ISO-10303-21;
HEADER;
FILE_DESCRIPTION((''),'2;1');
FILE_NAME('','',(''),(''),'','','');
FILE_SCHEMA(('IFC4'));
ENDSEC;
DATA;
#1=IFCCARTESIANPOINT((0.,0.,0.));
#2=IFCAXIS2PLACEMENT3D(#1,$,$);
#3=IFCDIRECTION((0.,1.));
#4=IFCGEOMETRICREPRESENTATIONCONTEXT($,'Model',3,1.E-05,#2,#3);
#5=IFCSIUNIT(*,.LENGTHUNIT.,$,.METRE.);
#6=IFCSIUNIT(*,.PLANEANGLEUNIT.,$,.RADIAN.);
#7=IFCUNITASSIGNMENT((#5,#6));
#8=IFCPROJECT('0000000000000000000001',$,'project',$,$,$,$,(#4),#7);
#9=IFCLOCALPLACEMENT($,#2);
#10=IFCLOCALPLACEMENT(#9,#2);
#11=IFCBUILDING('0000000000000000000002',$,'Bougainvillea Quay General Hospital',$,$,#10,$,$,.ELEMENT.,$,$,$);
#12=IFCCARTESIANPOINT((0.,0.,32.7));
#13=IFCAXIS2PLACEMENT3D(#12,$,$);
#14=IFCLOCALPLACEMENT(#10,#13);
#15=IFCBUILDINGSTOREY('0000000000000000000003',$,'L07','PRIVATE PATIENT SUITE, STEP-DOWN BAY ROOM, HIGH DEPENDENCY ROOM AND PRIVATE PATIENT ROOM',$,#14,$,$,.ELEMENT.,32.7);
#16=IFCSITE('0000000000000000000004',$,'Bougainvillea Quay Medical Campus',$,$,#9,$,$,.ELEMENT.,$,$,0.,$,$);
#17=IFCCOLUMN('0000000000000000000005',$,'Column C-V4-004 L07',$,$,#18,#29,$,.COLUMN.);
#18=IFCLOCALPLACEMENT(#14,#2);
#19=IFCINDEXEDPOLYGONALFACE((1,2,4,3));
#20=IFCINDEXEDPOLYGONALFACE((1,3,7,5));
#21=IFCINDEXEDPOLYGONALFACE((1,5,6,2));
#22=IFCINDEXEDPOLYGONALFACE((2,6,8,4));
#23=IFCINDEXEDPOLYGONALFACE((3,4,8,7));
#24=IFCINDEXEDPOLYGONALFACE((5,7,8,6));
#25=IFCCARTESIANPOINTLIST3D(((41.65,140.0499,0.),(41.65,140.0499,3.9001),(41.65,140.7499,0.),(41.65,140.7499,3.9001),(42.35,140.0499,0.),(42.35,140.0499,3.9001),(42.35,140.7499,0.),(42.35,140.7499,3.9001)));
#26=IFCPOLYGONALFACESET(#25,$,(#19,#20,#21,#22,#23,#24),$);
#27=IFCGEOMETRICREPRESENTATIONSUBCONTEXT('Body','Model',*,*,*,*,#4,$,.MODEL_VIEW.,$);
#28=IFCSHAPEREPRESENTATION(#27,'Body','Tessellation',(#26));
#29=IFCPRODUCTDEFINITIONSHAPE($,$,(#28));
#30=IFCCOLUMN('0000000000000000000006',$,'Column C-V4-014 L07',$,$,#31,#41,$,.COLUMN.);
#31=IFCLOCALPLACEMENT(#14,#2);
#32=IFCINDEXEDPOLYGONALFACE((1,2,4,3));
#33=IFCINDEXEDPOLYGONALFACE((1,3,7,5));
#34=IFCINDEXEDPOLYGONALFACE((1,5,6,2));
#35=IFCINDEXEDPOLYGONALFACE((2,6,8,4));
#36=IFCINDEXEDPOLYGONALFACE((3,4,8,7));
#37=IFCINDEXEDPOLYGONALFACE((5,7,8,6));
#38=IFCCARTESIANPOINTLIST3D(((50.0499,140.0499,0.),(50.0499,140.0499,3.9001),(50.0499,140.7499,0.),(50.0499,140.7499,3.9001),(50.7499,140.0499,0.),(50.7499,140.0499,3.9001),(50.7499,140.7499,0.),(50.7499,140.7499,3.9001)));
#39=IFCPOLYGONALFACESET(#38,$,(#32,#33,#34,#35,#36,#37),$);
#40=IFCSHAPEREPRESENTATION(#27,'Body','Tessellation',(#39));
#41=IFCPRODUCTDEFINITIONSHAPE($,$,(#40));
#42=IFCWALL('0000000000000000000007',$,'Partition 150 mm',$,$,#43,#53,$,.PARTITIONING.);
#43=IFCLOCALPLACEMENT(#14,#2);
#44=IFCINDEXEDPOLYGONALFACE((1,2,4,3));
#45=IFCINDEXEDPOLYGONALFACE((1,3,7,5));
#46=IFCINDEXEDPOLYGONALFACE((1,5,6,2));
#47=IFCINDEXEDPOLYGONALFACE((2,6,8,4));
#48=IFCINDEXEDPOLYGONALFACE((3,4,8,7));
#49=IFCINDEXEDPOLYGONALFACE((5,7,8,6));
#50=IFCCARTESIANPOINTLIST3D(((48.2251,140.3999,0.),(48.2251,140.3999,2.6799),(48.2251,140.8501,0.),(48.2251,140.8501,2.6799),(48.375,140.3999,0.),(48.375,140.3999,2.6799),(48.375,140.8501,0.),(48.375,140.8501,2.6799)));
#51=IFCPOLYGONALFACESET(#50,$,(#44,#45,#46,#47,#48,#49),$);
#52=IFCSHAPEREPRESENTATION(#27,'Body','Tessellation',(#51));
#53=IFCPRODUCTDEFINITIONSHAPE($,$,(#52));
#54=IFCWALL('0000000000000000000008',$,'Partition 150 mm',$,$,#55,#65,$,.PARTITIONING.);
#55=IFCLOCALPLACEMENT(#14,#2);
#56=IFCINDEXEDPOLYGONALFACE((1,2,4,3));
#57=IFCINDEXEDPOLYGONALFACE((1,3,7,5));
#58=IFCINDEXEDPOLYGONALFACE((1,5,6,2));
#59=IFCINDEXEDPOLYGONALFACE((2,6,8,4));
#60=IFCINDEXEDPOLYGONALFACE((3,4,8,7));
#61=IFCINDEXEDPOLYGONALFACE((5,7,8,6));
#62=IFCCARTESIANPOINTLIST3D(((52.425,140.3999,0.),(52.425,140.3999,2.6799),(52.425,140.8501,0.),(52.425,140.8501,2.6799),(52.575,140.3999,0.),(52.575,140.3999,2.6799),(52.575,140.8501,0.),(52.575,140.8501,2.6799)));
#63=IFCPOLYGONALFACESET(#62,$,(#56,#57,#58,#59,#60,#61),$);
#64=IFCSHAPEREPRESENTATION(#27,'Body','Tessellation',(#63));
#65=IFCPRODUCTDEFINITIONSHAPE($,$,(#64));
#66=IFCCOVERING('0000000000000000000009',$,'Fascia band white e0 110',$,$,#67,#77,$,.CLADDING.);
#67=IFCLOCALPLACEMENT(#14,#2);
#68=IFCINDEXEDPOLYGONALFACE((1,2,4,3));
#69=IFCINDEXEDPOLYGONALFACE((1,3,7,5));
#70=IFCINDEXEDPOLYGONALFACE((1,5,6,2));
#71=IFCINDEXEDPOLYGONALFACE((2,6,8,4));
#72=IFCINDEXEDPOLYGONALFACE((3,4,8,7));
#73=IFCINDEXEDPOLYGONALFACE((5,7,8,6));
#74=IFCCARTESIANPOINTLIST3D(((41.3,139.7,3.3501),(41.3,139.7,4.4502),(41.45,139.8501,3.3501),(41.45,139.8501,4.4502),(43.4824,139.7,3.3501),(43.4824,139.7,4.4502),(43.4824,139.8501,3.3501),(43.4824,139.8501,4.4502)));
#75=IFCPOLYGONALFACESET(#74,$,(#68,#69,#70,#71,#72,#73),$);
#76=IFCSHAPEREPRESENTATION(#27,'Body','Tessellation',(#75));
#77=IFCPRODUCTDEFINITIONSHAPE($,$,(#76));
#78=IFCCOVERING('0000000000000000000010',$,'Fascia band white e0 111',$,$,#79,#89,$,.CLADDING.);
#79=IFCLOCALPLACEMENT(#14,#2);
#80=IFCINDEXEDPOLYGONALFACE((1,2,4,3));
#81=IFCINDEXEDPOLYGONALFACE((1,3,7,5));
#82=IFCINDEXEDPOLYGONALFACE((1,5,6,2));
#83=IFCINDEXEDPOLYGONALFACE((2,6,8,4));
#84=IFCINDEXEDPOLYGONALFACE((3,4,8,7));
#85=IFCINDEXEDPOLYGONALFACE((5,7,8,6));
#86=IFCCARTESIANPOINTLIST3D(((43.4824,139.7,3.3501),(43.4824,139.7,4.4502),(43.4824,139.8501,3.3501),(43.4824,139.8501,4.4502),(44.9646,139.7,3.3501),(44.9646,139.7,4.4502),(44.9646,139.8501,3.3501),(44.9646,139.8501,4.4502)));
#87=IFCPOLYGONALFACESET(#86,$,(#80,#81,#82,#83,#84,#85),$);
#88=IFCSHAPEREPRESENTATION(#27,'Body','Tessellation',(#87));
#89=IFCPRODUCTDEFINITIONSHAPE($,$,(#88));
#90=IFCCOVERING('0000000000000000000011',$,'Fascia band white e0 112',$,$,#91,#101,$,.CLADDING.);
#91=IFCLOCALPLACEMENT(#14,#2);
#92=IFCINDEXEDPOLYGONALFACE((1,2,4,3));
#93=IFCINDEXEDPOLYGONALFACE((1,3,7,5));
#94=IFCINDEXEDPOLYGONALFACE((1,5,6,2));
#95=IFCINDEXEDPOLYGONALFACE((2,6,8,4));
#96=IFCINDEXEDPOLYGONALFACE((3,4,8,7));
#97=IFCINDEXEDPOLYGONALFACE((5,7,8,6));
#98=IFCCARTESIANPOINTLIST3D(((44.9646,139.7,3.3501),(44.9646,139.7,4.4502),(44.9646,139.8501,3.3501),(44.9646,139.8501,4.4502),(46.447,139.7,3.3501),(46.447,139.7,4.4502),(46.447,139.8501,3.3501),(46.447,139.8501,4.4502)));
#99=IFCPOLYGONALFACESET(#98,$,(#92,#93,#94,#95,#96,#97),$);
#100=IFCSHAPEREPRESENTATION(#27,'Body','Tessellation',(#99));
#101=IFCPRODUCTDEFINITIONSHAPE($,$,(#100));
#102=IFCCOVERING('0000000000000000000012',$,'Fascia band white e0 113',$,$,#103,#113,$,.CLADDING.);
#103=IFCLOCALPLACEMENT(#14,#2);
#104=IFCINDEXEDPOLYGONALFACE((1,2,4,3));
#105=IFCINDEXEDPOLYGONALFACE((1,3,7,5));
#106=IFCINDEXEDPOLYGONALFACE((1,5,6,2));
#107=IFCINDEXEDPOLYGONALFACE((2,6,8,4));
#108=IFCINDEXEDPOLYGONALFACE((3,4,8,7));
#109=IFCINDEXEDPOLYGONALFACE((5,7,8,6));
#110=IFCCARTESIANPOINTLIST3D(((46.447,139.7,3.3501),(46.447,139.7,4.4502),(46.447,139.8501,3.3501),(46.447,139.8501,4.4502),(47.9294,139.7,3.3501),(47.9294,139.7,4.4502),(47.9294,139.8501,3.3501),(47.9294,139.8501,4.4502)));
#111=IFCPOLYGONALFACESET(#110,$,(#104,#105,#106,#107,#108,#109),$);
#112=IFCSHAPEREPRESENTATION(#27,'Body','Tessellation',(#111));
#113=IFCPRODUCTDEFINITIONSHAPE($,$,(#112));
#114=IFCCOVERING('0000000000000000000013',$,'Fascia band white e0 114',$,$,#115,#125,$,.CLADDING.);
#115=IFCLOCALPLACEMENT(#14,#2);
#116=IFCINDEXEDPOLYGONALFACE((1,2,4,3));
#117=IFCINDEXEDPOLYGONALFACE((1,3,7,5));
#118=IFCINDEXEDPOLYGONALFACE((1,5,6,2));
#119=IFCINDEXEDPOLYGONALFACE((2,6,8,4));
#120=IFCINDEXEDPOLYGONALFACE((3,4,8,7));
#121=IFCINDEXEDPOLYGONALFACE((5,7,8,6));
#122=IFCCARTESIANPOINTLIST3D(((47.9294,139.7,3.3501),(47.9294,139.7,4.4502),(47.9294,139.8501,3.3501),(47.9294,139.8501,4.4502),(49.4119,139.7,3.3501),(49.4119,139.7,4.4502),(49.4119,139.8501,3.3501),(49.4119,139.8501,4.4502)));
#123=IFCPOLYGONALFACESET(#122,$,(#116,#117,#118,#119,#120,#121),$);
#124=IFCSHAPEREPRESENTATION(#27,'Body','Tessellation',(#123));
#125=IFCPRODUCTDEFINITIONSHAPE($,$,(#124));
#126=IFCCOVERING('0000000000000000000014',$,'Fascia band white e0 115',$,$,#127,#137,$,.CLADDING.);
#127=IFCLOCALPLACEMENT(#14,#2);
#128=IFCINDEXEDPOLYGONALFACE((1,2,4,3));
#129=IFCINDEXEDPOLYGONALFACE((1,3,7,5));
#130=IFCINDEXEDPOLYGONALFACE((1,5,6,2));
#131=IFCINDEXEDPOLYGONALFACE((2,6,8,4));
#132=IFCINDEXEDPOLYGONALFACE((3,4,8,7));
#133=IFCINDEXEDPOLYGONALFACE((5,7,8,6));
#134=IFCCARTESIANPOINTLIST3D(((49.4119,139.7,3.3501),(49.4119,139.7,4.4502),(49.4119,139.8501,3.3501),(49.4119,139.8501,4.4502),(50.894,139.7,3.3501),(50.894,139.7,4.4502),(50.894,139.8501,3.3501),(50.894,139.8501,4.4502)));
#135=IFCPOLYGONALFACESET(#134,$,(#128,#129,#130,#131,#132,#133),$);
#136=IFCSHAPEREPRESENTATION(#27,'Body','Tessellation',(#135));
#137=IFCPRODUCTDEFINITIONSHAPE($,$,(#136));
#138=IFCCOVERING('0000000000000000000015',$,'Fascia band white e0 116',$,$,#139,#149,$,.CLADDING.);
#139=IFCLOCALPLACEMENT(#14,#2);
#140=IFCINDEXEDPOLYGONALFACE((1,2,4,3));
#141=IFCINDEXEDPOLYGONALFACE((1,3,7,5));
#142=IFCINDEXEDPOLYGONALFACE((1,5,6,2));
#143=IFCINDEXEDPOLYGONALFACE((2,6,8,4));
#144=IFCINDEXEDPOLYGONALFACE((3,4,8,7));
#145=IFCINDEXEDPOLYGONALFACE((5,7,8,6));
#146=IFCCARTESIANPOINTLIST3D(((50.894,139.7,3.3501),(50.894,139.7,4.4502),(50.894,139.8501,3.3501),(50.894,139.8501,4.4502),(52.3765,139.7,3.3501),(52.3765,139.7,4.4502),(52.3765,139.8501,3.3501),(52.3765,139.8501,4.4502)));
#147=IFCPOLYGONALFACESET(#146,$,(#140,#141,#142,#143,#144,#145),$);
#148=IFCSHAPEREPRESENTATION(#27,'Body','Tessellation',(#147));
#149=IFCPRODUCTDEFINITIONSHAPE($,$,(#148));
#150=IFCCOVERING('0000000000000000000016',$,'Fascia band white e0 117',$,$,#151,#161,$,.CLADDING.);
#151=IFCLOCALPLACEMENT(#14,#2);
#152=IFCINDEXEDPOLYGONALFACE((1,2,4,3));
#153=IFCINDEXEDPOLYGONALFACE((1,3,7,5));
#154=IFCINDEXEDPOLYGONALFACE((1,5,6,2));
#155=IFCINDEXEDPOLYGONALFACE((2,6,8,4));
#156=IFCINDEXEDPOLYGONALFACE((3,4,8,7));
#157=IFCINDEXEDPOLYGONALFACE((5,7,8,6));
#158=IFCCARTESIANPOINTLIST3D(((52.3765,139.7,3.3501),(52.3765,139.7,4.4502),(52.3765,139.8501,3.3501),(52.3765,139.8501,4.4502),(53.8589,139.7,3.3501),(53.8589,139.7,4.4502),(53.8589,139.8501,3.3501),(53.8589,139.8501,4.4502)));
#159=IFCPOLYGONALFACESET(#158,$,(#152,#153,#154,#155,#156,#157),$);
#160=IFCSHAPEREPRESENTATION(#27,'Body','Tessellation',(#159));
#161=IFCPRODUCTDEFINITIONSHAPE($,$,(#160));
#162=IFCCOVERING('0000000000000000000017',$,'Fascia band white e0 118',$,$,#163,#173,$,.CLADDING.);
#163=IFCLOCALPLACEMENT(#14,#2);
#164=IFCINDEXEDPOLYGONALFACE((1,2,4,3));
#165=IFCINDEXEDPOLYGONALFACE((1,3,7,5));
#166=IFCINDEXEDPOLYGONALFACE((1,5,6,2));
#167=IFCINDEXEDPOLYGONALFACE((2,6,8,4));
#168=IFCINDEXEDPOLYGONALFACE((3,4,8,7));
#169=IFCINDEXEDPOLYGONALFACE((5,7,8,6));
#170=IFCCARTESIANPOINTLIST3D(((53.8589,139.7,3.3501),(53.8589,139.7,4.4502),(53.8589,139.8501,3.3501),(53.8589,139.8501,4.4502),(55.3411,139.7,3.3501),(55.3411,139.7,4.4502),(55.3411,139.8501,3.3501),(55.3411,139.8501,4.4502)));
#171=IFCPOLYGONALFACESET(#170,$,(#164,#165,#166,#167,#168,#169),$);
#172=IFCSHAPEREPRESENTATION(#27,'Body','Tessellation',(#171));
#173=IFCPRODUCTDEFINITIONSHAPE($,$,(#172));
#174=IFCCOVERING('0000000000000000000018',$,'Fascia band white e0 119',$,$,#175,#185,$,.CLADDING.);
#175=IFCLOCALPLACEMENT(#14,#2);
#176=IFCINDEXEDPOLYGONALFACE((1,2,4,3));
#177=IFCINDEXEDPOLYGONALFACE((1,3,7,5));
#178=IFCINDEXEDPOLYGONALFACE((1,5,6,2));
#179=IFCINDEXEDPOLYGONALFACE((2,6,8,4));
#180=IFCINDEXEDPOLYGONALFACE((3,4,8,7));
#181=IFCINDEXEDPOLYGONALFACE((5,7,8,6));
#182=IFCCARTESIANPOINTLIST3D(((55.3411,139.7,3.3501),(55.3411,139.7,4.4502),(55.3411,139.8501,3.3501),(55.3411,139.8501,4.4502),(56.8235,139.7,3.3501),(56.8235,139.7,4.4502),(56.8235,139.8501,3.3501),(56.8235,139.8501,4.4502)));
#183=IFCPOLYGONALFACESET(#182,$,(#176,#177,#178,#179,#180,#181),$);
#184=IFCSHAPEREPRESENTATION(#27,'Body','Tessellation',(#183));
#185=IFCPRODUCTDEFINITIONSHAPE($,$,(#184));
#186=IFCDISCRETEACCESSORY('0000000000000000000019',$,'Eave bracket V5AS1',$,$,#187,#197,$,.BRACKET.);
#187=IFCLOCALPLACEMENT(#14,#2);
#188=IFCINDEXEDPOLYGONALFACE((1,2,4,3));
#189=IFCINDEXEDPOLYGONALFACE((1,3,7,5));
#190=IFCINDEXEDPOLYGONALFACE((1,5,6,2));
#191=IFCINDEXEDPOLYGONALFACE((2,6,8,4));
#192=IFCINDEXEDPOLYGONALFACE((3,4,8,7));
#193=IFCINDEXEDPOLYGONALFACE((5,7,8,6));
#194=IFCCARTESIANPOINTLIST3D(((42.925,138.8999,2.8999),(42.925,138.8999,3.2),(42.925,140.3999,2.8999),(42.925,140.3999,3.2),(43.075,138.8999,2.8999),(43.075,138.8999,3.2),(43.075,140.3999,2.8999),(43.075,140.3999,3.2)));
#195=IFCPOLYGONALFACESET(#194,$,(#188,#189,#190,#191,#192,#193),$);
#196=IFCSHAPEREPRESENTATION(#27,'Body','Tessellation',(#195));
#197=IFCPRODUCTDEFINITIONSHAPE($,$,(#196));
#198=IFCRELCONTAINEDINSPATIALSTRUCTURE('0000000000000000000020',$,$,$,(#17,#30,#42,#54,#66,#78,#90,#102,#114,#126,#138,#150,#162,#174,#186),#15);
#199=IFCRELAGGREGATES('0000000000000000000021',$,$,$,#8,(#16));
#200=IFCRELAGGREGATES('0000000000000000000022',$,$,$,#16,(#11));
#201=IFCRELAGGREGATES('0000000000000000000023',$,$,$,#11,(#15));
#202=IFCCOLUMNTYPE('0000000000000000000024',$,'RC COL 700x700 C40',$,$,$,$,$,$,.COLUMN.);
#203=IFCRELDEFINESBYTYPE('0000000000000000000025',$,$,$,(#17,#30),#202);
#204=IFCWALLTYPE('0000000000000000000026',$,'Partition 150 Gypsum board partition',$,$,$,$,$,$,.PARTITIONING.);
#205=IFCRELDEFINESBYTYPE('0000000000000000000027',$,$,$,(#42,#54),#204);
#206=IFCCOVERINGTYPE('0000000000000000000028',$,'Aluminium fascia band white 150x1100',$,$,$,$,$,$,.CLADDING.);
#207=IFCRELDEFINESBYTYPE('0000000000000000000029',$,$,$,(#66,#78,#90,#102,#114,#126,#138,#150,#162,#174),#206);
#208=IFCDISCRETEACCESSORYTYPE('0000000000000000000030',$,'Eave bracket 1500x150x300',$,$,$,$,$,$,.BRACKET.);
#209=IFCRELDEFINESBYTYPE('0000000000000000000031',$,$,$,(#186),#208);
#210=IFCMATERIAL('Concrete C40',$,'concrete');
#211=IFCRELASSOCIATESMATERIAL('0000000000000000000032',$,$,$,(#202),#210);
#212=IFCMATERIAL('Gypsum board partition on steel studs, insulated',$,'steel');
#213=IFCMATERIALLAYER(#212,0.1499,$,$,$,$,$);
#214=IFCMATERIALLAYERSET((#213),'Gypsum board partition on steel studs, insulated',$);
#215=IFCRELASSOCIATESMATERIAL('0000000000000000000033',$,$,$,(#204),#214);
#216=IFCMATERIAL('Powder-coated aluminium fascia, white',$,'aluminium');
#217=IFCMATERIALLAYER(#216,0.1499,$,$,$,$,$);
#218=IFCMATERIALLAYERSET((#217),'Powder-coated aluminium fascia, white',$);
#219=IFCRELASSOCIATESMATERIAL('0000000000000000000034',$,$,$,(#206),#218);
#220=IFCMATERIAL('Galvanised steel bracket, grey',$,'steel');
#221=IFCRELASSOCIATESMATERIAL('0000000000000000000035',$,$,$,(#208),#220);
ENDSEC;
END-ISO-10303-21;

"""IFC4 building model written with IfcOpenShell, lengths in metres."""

from ifc_helpers import new_model, si_unit, direction, frame, frame_2d, origin, origin_2d, place, context, subcontext, project, spatial, polyline, rectangle, outline, extrude, material, layer, layer_set, material_profile, profile_set, type_object, element, save


model = new_model("IFC4")

# Units and contexts
model_context = context("Model", 3, precision=1e-05, world=origin(), true_north=direction((0.0, 1.0)))
body_context = subcontext(model_context, "Body", "Model", "MODEL_VIEW")
ifc_project = project(units=[si_unit("LENGTHUNIT", "METRE"), si_unit("PLANEANGLEUNIT", "RADIAN")], contexts=[model_context])

# Site, building, storey
site_placement = place(None, origin())
site = spatial("IfcSite", under=ifc_project, at=site_placement, Name="Bougainvillea Quay Medical Campus", CompositionType="ELEMENT", RefElevation=0.0)
building_placement = place(site_placement, origin())
building = spatial("IfcBuilding", under=site, at=building_placement, Name="Bougainvillea Quay General Hospital", CompositionType="ELEMENT")
storey_placement = place(building_placement, frame((0.0, 0.0, 32.7)))
storey = spatial("IfcBuildingStorey", under=building, at=storey_placement, Name="L07", Description="PRIVATE PATIENT SUITE, STEP-DOWN BAY ROOM, HIGH DEPENDENCY ROOM AND PRIVATE PATIENT ROOM", CompositionType="ELEMENT", Elevation=32.7)

# Columns
ifc_material_1 = material(Name="Concrete C40", Category="concrete")
ifc_material_profile_1 = material_profile(ifc_material_1, rectangle(XDim=0.7, YDim=0.7, at=origin_2d()))
ifc_profile_set_1 = profile_set([ifc_material_profile_1], Name="Concrete C40")
column_type = type_object("IfcColumnType", Name="RC COL 700x700 C40", PredefinedType="COLUMN", material=ifc_profile_set_1)
for number, where, z_axis, x_axis, name in (
    (1, (42.0, 140.3999, 0.0), (0.0, 0.0, 1.0), (1.0, 0.0, 0.0), "Column C-V4-004 L07"),
    (2, (50.3999, 140.3999, 0.0), (0.0, 0.0, 1.0), (1.0, 0.0, 0.0), "Column C-V4-014 L07"),
):
    element("IfcColumn", number, at=place(storey_placement, frame(where, z_axis=z_axis, x_axis=x_axis)), inside=storey, type_object=column_type, Name=name, PredefinedType="COLUMN", context=body_context, shape_type="SweptSolid", body=[
        extrude(rectangle(XDim=0.7, YDim=0.7, at=origin_2d()), origin(), (0.0, 0.0, 1.0), 3.9001),
    ])

# Walls
ifc_material_2 = material(Name="Gypsum board partition on steel studs, insulated", Category="steel")
ifc_layer_1 = layer(ifc_material_2, 0.1499)
ifc_layer_set_1 = layer_set([ifc_layer_1], Name="Gypsum board partition on steel studs, insulated")
wall_type = type_object("IfcWallType", Name="Partition 150 Gypsum board partition", PredefinedType="PARTITIONING", material=ifc_layer_set_1)
for number, where, z_axis, x_axis, name in (
    (3, (48.3, 140.3999, 0.0), (0.0, 0.0, 1.0), (0.0, 1.0, 0.0), "Partition 150 mm"),
    (4, (52.5, 140.3999, 0.0), (0.0, 0.0, 1.0), (0.0, 1.0, 0.0), "Partition 150 mm"),
):
    element("IfcWall", number, at=place(storey_placement, frame(where, z_axis=z_axis, x_axis=x_axis)), inside=storey, type_object=wall_type, Name=name, PredefinedType="PARTITIONING", context=body_context, shape_type="SweptSolid", body=[
        extrude(rectangle(XDim=0.4502, YDim=0.1499, at=frame_2d((0.2251, 0.0))), origin(), (0.0, 0.0, 1.0), 2.6799),
    ])

# Coverings
ifc_material_3 = material(Name="Powder-coated aluminium fascia, white", Category="aluminium")
ifc_layer_2 = layer(ifc_material_3, 0.1499)
ifc_layer_set_2 = layer_set([ifc_layer_2], Name="Powder-coated aluminium fascia, white")
covering_type = type_object("IfcCoveringType", Name="Aluminium fascia band white 150x1100", PredefinedType="CLADDING", material=ifc_layer_set_2)
covering_1_placement = place(storey_placement, frame((41.45, 139.8501, 3.3501), z_axis=(0.0, 0.0, 1.0), x_axis=(1.0, 0.0, 0.0)))
element("IfcCovering", 5, at=covering_1_placement, inside=storey, type_object=covering_type, Name="Fascia band white e0 110", PredefinedType="CLADDING", context=body_context, shape_type="SweptSolid", body=[
    extrude(outline(polyline([(0.0, 0.0), (2.0325, 0.0), (2.0325, -0.1501), (-0.1499, -0.1501), (0.0, 0.0)])), origin(), (0.0, 0.0, 1.0), 1.1001),
])
covering_2_placement = place(storey_placement, frame((43.4824, 139.8501, 3.3501), z_axis=(0.0, 0.0, 1.0), x_axis=(1.0, 0.0, 0.0)))
element("IfcCovering", 6, at=covering_2_placement, inside=storey, type_object=covering_type, Name="Fascia band white e0 111", PredefinedType="CLADDING", context=body_context, shape_type="SweptSolid", body=[
    extrude(outline(polyline([(0.0, 0.0), (1.4822, 0.0), (1.4822, -0.1501), (0.0, -0.1501), (0.0, 0.0)])), origin(), (0.0, 0.0, 1.0), 1.1001),
])
for number, where, z_axis, x_axis, name in (
    (7, (44.9646, 139.8501, 3.3501), (0.0, 0.0, 1.0), (1.0, 0.0, 0.0), "Fascia band white e0 112"),
    (8, (46.447, 139.8501, 3.3501), (0.0, 0.0, 1.0), (1.0, 0.0, 0.0), "Fascia band white e0 113"),
    (9, (47.9294, 139.8501, 3.3501), (0.0, 0.0, 1.0), (1.0, 0.0, 0.0), "Fascia band white e0 114"),
):
    element("IfcCovering", number, at=place(storey_placement, frame(where, z_axis=z_axis, x_axis=x_axis)), inside=storey, type_object=covering_type, Name=name, PredefinedType="CLADDING", context=body_context, shape_type="SweptSolid", body=[
        extrude(outline(polyline([(0.0, 0.0), (1.4824, 0.0), (1.4824, -0.1501), (0.0, -0.1501), (0.0, 0.0)])), origin(), (0.0, 0.0, 1.0), 1.1001),
    ])
covering_3_placement = place(storey_placement, frame((49.4119, 139.8501, 3.3501), z_axis=(0.0, 0.0, 1.0), x_axis=(1.0, 0.0, 0.0)))
element("IfcCovering", 10, at=covering_3_placement, inside=storey, type_object=covering_type, Name="Fascia band white e0 115", PredefinedType="CLADDING", context=body_context, shape_type="SweptSolid", body=[
    extrude(outline(polyline([(0.0, 0.0), (1.4822, 0.0), (1.4822, -0.1501), (0.0, -0.1501), (0.0, 0.0)])), origin(), (0.0, 0.0, 1.0), 1.1001),
])
for number, where, z_axis, x_axis, name in (
    (11, (50.894, 139.8501, 3.3501), (0.0, 0.0, 1.0), (1.0, 0.0, 0.0), "Fascia band white e0 116"),
    (12, (52.3765, 139.8501, 3.3501), (0.0, 0.0, 1.0), (1.0, 0.0, 0.0), "Fascia band white e0 117"),
):
    element("IfcCovering", number, at=place(storey_placement, frame(where, z_axis=z_axis, x_axis=x_axis)), inside=storey, type_object=covering_type, Name=name, PredefinedType="CLADDING", context=body_context, shape_type="SweptSolid", body=[
        extrude(outline(polyline([(0.0, 0.0), (1.4824, 0.0), (1.4824, -0.1501), (0.0, -0.1501), (0.0, 0.0)])), origin(), (0.0, 0.0, 1.0), 1.1001),
    ])
covering_4_placement = place(storey_placement, frame((53.8589, 139.8501, 3.3501), z_axis=(0.0, 0.0, 1.0), x_axis=(1.0, 0.0, 0.0)))
element("IfcCovering", 13, at=covering_4_placement, inside=storey, type_object=covering_type, Name="Fascia band white e0 118", PredefinedType="CLADDING", context=body_context, shape_type="SweptSolid", body=[
    extrude(outline(polyline([(0.0, 0.0), (1.4822, 0.0), (1.4822, -0.1501), (0.0, -0.1501), (0.0, 0.0)])), origin(), (0.0, 0.0, 1.0), 1.1001),
])
covering_5_placement = place(storey_placement, frame((55.3411, 139.8501, 3.3501), z_axis=(0.0, 0.0, 1.0), x_axis=(1.0, 0.0, 0.0)))
element("IfcCovering", 14, at=covering_5_placement, inside=storey, type_object=covering_type, Name="Fascia band white e0 119", PredefinedType="CLADDING", context=body_context, shape_type="SweptSolid", body=[
    extrude(outline(polyline([(0.0, 0.0), (1.4824, 0.0), (1.4824, -0.1501), (0.0, -0.1501), (0.0, 0.0)])), origin(), (0.0, 0.0, 1.0), 1.1001),
])

# Discrete accessory
ifc_material_4 = material(Name="Galvanised steel bracket, grey", Category="steel")
discrete_accessory_type_1 = type_object("IfcDiscreteAccessoryType", Name="Eave bracket 1500x150x300", PredefinedType="BRACKET", material=ifc_material_4)
for number, where, z_axis, x_axis, name in (
    (15, (43.0, 139.6499, 2.8999), (0.0, 0.0, 1.0), (1.0, 0.0, 0.0), "Eave bracket V5AS1"),
):
    element("IfcDiscreteAccessory", number, at=place(storey_placement, frame(where, z_axis=z_axis, x_axis=x_axis)), inside=storey, type_object=discrete_accessory_type_1, Name=name, PredefinedType="BRACKET", context=body_context, shape_type="SweptSolid", body=[
        extrude(rectangle(XDim=0.1499, YDim=1.5, at=origin_2d()), origin(), (0.0, 0.0, 1.0), 0.3),
    ])

save(model, "model.ifc")
